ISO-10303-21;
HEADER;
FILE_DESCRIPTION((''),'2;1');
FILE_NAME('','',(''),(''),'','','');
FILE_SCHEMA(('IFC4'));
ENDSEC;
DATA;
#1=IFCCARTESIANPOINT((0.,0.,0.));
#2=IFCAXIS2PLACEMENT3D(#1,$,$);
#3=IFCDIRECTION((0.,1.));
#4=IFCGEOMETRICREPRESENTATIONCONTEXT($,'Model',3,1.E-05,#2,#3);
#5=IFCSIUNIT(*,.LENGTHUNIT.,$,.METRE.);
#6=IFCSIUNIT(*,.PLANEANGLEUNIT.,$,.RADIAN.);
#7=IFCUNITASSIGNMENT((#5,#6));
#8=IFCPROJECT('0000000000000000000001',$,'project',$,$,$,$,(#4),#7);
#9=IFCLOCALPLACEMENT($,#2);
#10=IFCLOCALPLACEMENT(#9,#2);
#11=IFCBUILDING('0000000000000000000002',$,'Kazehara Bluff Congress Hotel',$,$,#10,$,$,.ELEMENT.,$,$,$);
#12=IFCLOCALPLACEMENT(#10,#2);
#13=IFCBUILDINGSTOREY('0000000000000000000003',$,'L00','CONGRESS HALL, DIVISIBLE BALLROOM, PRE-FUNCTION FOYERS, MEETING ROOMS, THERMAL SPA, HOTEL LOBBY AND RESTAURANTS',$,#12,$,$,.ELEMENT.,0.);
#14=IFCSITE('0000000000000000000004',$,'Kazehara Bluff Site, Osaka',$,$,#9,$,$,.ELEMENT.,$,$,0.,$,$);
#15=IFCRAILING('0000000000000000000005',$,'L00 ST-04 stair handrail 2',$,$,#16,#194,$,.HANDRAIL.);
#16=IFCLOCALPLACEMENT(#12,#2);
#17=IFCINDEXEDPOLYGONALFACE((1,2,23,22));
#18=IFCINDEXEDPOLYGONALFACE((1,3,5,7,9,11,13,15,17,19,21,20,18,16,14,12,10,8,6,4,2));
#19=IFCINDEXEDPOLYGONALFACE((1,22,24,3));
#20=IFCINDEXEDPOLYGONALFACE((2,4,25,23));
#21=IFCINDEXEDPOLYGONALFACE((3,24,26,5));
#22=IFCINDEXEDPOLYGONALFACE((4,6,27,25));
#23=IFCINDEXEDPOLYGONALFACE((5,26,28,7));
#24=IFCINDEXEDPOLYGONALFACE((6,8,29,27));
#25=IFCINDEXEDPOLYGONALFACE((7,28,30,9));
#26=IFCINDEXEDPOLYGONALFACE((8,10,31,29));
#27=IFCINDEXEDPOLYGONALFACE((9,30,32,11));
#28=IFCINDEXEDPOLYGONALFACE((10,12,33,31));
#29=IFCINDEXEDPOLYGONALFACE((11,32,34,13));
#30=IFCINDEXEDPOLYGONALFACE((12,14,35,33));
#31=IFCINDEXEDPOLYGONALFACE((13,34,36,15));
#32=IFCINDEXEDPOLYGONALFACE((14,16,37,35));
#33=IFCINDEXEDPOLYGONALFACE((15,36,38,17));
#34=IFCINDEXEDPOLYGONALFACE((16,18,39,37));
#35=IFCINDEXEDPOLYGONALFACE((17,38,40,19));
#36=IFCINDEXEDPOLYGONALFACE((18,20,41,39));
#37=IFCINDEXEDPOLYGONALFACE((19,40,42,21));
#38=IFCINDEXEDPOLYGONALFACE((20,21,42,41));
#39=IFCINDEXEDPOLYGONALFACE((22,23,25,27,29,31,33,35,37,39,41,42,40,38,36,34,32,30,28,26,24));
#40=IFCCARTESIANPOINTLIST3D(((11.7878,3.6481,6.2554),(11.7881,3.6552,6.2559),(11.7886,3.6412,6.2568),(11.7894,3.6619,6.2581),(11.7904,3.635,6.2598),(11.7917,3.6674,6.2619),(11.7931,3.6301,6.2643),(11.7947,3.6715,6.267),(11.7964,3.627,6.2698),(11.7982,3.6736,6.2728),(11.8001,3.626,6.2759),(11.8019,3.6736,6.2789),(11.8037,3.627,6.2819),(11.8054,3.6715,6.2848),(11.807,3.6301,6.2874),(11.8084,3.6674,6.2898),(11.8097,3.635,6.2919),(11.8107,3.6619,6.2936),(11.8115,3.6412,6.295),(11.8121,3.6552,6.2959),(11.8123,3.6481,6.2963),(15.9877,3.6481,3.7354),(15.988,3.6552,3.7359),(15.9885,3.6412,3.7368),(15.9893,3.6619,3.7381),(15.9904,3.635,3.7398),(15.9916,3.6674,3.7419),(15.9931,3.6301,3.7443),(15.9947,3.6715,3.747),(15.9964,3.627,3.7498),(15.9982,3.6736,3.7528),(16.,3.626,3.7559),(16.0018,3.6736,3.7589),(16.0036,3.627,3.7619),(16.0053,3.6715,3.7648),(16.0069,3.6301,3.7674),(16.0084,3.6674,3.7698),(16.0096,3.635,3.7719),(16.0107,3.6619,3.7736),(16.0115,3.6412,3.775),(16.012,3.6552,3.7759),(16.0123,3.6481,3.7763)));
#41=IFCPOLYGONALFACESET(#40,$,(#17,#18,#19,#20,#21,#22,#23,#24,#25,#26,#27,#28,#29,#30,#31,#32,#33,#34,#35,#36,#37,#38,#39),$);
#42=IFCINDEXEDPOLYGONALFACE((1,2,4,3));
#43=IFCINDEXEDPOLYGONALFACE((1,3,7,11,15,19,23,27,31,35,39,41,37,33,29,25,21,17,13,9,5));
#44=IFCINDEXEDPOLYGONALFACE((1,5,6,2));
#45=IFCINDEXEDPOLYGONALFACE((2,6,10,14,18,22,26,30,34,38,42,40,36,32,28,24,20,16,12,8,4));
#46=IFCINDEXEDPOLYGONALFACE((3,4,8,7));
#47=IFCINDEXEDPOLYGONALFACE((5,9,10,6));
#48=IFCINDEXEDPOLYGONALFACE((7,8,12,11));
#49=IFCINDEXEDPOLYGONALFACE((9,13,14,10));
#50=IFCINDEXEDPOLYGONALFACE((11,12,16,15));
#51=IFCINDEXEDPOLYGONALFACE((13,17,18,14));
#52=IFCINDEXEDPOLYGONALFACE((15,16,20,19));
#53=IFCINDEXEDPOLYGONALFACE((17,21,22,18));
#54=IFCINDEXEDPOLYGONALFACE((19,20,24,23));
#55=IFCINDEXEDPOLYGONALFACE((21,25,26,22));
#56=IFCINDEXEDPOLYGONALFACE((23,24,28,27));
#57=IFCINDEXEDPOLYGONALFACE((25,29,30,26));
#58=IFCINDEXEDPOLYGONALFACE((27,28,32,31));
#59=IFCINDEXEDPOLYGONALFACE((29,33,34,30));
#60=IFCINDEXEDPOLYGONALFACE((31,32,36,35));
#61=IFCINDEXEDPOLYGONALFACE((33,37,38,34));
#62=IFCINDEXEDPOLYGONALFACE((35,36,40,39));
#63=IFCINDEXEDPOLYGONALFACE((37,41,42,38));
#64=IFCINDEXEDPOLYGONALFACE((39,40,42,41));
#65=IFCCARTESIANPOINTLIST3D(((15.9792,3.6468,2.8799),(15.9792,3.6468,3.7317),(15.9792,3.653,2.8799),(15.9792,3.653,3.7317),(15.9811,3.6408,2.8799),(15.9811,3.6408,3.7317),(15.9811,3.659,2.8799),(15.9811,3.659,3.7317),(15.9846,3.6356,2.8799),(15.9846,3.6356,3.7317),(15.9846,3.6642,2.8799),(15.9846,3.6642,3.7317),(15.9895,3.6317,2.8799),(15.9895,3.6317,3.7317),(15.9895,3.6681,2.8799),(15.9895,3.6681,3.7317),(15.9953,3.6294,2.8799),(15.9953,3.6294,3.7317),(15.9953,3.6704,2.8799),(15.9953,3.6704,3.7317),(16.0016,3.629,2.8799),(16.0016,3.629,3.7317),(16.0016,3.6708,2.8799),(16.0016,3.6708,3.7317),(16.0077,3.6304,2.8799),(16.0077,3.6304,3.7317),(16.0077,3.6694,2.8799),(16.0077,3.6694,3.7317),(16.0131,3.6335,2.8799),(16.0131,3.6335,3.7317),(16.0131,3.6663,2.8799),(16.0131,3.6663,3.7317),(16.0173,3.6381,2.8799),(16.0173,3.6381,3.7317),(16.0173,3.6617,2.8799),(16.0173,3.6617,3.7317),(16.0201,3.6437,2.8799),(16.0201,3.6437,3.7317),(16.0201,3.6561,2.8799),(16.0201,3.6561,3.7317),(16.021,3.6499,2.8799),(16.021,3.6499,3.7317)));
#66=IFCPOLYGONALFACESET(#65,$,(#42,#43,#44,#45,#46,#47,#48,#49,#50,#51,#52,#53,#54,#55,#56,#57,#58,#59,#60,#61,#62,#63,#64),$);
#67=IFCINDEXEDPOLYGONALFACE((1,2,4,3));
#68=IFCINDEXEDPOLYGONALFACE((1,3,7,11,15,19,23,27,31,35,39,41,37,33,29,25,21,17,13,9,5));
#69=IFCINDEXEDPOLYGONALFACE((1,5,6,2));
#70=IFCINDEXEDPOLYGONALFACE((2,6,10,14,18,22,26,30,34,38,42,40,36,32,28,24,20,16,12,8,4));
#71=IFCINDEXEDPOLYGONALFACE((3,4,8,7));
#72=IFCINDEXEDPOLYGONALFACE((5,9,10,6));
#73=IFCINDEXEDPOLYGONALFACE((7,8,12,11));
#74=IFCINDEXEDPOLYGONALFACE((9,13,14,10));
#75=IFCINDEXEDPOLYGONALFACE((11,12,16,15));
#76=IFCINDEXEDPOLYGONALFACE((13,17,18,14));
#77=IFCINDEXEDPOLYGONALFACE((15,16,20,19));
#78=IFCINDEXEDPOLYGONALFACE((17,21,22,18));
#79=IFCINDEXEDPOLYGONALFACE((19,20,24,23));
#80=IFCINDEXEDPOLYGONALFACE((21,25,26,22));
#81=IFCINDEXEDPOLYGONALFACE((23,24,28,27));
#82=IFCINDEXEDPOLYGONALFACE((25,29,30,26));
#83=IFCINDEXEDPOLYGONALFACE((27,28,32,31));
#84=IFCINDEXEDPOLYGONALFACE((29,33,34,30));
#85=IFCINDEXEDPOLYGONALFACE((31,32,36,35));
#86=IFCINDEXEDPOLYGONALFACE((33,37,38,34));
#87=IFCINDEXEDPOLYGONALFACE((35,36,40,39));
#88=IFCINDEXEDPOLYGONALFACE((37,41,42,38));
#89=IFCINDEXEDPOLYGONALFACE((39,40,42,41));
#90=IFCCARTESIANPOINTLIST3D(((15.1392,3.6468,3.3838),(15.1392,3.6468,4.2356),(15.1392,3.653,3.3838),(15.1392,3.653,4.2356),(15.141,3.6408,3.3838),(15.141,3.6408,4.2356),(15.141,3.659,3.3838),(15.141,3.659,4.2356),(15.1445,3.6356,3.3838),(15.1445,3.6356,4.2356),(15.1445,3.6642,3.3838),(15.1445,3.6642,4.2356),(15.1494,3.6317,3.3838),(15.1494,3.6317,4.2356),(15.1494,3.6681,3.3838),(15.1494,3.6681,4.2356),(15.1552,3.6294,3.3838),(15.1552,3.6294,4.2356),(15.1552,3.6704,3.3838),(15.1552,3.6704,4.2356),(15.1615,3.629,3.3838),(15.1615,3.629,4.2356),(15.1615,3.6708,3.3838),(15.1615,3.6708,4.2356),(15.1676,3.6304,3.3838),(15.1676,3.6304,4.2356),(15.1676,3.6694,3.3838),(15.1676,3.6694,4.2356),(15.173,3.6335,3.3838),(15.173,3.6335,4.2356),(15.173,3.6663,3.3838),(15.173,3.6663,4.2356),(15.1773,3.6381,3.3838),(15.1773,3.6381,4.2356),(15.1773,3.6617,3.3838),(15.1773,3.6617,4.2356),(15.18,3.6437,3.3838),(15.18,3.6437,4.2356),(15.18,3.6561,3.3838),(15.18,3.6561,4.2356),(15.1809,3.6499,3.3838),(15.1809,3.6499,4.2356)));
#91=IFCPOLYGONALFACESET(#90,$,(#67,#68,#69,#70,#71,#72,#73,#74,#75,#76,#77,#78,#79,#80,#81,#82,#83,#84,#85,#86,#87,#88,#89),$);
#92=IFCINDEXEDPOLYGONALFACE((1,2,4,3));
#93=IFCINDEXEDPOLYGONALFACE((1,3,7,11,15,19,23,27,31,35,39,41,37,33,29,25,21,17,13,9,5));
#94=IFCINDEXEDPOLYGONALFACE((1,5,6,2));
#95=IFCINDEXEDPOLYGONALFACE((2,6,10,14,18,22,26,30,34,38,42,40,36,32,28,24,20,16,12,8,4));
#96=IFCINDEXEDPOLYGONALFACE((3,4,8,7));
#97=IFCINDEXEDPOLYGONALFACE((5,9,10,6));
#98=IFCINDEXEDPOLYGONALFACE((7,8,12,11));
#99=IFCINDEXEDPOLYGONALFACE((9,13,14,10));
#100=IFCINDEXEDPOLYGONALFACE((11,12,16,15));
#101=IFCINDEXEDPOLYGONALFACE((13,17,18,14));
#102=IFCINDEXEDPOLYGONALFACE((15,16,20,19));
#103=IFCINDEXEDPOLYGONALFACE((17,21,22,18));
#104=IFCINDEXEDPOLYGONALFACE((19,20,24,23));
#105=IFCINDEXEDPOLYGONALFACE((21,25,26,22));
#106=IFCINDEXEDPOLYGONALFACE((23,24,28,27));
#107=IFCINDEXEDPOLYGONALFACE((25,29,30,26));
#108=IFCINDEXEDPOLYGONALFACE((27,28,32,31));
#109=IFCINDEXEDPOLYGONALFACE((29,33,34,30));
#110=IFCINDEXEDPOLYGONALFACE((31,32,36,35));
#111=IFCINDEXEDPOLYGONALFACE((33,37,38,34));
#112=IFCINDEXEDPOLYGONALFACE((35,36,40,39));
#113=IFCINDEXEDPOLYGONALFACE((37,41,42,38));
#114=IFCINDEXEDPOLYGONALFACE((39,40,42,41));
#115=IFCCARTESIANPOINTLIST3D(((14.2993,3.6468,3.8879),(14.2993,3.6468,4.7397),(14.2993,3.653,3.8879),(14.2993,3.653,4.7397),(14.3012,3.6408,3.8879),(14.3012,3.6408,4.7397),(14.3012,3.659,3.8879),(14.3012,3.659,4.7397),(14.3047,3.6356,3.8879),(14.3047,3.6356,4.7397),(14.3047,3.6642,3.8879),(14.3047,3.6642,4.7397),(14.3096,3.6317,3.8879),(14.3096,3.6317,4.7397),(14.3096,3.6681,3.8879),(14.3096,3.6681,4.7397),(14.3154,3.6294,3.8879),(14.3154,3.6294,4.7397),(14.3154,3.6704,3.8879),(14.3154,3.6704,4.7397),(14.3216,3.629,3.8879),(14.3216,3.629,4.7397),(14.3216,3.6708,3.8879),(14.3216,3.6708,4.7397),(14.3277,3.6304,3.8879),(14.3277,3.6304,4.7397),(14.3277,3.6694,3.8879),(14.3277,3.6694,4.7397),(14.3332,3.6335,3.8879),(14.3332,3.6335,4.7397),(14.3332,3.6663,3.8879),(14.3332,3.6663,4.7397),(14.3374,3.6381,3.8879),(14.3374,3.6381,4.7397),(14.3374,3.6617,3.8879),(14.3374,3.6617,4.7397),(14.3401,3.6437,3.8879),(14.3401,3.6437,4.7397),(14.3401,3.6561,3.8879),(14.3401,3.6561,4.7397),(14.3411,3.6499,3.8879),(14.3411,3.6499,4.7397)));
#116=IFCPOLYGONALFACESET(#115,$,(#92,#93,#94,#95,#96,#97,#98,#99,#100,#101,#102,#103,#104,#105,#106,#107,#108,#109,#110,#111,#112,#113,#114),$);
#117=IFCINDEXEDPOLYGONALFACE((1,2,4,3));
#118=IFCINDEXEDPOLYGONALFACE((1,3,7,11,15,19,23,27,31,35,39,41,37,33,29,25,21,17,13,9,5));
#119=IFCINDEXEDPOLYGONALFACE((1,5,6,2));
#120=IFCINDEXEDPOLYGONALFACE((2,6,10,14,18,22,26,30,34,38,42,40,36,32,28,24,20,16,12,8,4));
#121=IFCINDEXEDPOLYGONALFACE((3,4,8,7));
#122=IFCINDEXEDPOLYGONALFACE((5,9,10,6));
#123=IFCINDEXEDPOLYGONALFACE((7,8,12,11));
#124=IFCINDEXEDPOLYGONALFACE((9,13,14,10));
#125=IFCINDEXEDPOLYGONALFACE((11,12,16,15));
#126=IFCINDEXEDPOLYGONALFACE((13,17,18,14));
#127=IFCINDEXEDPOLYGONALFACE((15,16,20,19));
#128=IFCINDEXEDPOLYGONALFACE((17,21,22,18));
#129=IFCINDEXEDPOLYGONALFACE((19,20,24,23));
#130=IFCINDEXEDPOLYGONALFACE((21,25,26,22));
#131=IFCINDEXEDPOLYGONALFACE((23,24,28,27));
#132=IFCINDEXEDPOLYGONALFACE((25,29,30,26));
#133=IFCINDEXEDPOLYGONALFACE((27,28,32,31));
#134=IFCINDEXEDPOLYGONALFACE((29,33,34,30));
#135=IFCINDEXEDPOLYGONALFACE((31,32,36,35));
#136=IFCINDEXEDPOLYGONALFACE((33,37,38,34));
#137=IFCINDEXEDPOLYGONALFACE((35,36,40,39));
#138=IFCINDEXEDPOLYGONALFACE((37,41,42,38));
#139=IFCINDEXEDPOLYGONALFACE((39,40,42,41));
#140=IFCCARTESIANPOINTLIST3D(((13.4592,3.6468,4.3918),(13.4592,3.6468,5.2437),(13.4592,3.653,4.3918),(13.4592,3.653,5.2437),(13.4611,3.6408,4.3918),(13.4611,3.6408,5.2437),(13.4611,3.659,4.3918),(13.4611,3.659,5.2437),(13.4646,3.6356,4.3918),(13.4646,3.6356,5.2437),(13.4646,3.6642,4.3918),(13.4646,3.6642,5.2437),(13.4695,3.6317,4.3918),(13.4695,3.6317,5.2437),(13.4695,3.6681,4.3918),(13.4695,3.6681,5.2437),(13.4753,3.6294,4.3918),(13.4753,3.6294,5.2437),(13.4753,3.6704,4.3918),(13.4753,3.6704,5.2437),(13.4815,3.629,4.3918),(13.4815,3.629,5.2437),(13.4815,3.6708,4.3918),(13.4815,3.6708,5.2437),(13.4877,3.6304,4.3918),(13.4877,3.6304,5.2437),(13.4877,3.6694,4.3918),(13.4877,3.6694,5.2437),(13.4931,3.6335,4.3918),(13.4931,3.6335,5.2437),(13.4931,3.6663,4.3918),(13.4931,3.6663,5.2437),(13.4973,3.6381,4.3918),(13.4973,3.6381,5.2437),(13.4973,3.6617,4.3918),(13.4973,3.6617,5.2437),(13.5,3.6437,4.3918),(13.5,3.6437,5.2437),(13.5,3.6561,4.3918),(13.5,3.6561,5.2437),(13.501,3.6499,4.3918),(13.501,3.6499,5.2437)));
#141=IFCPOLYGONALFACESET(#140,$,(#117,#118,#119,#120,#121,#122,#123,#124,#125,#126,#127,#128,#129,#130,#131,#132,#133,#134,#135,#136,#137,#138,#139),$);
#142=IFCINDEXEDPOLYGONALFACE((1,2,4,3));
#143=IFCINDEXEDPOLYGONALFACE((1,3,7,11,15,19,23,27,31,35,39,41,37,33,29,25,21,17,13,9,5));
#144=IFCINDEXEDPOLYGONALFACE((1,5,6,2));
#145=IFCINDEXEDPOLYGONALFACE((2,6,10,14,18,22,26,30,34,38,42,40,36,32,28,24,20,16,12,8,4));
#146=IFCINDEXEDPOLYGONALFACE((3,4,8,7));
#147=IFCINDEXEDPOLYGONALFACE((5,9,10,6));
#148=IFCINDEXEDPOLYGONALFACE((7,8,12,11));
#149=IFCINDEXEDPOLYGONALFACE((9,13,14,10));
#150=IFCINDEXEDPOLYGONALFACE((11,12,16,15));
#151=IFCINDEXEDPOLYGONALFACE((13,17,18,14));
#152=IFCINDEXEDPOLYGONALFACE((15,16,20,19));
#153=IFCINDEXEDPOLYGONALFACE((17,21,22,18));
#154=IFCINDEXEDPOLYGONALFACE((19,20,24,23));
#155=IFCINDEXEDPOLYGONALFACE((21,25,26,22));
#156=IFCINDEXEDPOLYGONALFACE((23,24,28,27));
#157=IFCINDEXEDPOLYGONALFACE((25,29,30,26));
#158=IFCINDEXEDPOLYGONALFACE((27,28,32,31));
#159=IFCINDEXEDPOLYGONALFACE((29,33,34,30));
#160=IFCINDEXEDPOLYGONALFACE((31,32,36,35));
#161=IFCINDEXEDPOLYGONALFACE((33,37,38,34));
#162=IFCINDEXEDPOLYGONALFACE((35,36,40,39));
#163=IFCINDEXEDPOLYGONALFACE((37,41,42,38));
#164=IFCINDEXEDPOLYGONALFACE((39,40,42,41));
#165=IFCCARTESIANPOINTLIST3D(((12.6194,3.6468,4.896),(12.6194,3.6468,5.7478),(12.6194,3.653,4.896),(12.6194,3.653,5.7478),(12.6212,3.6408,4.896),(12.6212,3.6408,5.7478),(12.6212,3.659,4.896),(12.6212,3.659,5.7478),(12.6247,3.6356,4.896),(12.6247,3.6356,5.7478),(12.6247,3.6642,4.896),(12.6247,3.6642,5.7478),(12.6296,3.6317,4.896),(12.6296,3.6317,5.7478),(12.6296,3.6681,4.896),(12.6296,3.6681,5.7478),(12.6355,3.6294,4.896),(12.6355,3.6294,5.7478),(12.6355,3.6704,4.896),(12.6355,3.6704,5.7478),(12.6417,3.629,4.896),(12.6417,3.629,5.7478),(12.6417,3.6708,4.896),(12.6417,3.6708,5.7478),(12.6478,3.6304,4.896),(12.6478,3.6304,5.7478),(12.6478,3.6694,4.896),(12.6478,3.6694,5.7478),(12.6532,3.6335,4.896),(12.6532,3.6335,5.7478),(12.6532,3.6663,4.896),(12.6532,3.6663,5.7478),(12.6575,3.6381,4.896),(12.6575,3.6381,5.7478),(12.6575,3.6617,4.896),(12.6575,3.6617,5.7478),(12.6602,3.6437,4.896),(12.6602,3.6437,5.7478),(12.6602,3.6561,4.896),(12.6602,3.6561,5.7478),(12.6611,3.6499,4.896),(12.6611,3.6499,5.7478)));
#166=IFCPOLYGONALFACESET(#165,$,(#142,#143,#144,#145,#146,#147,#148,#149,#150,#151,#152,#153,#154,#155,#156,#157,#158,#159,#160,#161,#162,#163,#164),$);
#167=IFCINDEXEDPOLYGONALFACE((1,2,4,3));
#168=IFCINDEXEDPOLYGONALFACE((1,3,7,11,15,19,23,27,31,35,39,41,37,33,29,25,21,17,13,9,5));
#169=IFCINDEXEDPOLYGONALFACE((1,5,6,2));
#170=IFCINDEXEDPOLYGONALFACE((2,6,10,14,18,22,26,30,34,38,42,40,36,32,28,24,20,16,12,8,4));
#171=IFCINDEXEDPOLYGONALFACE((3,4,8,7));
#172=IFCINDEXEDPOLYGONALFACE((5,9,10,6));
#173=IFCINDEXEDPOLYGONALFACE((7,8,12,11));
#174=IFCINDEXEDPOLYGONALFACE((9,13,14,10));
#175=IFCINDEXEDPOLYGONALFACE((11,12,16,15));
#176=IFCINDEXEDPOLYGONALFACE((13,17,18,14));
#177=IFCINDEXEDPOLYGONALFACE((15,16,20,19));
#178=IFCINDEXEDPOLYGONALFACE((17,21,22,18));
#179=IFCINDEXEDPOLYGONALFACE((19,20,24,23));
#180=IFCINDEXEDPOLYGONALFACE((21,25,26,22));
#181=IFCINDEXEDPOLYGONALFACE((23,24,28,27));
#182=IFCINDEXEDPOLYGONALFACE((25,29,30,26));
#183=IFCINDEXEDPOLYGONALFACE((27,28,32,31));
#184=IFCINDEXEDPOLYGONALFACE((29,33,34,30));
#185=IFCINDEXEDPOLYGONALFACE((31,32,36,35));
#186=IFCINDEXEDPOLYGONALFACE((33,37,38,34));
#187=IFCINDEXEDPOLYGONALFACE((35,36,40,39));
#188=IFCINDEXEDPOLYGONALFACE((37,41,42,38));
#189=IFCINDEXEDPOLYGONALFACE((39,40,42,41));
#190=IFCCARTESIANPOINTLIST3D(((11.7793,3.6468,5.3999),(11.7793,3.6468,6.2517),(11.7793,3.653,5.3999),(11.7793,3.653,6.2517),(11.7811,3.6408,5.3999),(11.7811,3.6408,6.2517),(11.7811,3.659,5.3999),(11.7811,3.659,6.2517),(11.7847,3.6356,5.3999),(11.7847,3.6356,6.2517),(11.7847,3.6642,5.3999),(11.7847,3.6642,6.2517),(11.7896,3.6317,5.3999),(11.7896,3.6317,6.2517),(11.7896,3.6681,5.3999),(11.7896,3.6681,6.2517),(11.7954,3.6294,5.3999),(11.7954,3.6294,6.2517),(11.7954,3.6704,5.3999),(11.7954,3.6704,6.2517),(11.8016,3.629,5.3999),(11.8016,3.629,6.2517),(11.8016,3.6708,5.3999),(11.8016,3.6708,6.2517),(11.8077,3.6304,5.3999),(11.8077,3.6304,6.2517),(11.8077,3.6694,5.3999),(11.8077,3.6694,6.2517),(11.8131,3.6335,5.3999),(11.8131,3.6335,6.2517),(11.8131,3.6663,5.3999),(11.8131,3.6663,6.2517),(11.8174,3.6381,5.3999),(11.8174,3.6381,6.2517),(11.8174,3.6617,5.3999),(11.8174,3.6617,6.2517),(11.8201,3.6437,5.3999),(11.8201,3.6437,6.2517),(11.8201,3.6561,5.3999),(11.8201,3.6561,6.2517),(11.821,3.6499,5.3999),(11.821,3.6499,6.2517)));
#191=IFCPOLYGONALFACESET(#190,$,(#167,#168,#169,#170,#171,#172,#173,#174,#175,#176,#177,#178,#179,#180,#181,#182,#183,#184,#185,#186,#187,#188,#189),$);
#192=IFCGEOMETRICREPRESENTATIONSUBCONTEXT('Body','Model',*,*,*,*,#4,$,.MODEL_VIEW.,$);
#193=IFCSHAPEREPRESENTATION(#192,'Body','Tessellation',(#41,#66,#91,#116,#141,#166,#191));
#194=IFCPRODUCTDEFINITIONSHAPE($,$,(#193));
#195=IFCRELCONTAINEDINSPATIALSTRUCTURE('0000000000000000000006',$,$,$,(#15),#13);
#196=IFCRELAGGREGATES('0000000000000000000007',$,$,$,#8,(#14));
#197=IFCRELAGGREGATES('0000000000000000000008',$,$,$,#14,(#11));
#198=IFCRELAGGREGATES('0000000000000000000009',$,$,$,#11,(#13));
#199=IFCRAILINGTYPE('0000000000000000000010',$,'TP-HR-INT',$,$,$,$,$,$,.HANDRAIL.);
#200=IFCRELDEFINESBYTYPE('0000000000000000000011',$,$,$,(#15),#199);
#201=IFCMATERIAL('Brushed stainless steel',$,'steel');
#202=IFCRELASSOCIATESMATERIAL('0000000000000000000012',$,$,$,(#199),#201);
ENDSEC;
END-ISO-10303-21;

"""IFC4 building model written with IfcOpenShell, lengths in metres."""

from ifc_helpers import new_model, si_unit, direction, frame, origin, origin_2d, place, context, subcontext, project, spatial, circle, extrude, material, type_object, element, save


model = new_model("IFC4")

# Units and contexts
model_context = context("Model", 3, precision=1e-05, world=origin(), true_north=direction((0.0, 1.0)))
body_context = subcontext(model_context, "Body", "Model", "MODEL_VIEW")
ifc_project = project(units=[si_unit("LENGTHUNIT", "METRE"), si_unit("PLANEANGLEUNIT", "RADIAN")], contexts=[model_context])

# Site, building, storey
site_placement = place(None, origin())
site = spatial("IfcSite", under=ifc_project, at=site_placement, Name="Kazehara Bluff Site, Osaka", CompositionType="ELEMENT", RefElevation=0.0)
building_placement = place(site_placement, origin())
building = spatial("IfcBuilding", under=site, at=building_placement, Name="Kazehara Bluff Congress Hotel", CompositionType="ELEMENT")
storey_placement = place(building_placement, origin())
storey = spatial("IfcBuildingStorey", under=building, at=storey_placement, Name="L00", Description="CONGRESS HALL, DIVISIBLE BALLROOM, PRE-FUNCTION FOYERS, MEETING ROOMS, THERMAL SPA, HOTEL LOBBY AND RESTAURANTS", CompositionType="ELEMENT", Elevation=0.0)

# Railing
ifc_material_1 = material(Name="Brushed stainless steel", Category="steel")
railing_type_1 = type_object("IfcRailingType", Name="TP-HR-INT", PredefinedType="HANDRAIL", material=ifc_material_1)
railing_1_placement = place(storey_placement, frame((16.0, 3.6499, 2.8799)))
element("IfcRailing", 1, at=railing_1_placement, inside=storey, type_object=railing_type_1, Name="L00 ST-04 stair handrail 2", PredefinedType="HANDRAIL", context=body_context, shape_type="SweptSolid", body=[
    extrude(circle(Radius=0.0239, at=origin_2d()), frame((0.0, 0.0, 0.876), z_axis=(-0.857489, 0.0, 0.514503), x_axis=(0.0, -1.0, 0.0)), (0.0, 0.0, 1.0), 4.8979),
    extrude(circle(Radius=0.021, at=origin_2d()), origin(), (0.0, 0.0, 1.0), 0.8518),
    extrude(circle(Radius=0.021, at=origin_2d()), frame((-0.8401, 0.0, 0.5039)), (0.0, 0.0, 1.0), 0.8518),
    extrude(circle(Radius=0.021, at=origin_2d()), frame((-1.6799, 0.0, 1.0081)), (0.0, 0.0, 1.0), 0.8518),
    extrude(circle(Radius=0.021, at=origin_2d()), frame((-2.52, 0.0, 1.512)), (0.0, 0.0, 1.0), 0.8518),
    extrude(circle(Radius=0.021, at=origin_2d()), frame((-3.3599, 0.0, 2.0161)), (0.0, 0.0, 1.0), 0.8518),
    extrude(circle(Radius=0.021, at=origin_2d()), frame((-4.2, 0.0, 2.52)), (0.0, 0.0, 1.0), 0.8518),
])

save(model, "model.ifc")
